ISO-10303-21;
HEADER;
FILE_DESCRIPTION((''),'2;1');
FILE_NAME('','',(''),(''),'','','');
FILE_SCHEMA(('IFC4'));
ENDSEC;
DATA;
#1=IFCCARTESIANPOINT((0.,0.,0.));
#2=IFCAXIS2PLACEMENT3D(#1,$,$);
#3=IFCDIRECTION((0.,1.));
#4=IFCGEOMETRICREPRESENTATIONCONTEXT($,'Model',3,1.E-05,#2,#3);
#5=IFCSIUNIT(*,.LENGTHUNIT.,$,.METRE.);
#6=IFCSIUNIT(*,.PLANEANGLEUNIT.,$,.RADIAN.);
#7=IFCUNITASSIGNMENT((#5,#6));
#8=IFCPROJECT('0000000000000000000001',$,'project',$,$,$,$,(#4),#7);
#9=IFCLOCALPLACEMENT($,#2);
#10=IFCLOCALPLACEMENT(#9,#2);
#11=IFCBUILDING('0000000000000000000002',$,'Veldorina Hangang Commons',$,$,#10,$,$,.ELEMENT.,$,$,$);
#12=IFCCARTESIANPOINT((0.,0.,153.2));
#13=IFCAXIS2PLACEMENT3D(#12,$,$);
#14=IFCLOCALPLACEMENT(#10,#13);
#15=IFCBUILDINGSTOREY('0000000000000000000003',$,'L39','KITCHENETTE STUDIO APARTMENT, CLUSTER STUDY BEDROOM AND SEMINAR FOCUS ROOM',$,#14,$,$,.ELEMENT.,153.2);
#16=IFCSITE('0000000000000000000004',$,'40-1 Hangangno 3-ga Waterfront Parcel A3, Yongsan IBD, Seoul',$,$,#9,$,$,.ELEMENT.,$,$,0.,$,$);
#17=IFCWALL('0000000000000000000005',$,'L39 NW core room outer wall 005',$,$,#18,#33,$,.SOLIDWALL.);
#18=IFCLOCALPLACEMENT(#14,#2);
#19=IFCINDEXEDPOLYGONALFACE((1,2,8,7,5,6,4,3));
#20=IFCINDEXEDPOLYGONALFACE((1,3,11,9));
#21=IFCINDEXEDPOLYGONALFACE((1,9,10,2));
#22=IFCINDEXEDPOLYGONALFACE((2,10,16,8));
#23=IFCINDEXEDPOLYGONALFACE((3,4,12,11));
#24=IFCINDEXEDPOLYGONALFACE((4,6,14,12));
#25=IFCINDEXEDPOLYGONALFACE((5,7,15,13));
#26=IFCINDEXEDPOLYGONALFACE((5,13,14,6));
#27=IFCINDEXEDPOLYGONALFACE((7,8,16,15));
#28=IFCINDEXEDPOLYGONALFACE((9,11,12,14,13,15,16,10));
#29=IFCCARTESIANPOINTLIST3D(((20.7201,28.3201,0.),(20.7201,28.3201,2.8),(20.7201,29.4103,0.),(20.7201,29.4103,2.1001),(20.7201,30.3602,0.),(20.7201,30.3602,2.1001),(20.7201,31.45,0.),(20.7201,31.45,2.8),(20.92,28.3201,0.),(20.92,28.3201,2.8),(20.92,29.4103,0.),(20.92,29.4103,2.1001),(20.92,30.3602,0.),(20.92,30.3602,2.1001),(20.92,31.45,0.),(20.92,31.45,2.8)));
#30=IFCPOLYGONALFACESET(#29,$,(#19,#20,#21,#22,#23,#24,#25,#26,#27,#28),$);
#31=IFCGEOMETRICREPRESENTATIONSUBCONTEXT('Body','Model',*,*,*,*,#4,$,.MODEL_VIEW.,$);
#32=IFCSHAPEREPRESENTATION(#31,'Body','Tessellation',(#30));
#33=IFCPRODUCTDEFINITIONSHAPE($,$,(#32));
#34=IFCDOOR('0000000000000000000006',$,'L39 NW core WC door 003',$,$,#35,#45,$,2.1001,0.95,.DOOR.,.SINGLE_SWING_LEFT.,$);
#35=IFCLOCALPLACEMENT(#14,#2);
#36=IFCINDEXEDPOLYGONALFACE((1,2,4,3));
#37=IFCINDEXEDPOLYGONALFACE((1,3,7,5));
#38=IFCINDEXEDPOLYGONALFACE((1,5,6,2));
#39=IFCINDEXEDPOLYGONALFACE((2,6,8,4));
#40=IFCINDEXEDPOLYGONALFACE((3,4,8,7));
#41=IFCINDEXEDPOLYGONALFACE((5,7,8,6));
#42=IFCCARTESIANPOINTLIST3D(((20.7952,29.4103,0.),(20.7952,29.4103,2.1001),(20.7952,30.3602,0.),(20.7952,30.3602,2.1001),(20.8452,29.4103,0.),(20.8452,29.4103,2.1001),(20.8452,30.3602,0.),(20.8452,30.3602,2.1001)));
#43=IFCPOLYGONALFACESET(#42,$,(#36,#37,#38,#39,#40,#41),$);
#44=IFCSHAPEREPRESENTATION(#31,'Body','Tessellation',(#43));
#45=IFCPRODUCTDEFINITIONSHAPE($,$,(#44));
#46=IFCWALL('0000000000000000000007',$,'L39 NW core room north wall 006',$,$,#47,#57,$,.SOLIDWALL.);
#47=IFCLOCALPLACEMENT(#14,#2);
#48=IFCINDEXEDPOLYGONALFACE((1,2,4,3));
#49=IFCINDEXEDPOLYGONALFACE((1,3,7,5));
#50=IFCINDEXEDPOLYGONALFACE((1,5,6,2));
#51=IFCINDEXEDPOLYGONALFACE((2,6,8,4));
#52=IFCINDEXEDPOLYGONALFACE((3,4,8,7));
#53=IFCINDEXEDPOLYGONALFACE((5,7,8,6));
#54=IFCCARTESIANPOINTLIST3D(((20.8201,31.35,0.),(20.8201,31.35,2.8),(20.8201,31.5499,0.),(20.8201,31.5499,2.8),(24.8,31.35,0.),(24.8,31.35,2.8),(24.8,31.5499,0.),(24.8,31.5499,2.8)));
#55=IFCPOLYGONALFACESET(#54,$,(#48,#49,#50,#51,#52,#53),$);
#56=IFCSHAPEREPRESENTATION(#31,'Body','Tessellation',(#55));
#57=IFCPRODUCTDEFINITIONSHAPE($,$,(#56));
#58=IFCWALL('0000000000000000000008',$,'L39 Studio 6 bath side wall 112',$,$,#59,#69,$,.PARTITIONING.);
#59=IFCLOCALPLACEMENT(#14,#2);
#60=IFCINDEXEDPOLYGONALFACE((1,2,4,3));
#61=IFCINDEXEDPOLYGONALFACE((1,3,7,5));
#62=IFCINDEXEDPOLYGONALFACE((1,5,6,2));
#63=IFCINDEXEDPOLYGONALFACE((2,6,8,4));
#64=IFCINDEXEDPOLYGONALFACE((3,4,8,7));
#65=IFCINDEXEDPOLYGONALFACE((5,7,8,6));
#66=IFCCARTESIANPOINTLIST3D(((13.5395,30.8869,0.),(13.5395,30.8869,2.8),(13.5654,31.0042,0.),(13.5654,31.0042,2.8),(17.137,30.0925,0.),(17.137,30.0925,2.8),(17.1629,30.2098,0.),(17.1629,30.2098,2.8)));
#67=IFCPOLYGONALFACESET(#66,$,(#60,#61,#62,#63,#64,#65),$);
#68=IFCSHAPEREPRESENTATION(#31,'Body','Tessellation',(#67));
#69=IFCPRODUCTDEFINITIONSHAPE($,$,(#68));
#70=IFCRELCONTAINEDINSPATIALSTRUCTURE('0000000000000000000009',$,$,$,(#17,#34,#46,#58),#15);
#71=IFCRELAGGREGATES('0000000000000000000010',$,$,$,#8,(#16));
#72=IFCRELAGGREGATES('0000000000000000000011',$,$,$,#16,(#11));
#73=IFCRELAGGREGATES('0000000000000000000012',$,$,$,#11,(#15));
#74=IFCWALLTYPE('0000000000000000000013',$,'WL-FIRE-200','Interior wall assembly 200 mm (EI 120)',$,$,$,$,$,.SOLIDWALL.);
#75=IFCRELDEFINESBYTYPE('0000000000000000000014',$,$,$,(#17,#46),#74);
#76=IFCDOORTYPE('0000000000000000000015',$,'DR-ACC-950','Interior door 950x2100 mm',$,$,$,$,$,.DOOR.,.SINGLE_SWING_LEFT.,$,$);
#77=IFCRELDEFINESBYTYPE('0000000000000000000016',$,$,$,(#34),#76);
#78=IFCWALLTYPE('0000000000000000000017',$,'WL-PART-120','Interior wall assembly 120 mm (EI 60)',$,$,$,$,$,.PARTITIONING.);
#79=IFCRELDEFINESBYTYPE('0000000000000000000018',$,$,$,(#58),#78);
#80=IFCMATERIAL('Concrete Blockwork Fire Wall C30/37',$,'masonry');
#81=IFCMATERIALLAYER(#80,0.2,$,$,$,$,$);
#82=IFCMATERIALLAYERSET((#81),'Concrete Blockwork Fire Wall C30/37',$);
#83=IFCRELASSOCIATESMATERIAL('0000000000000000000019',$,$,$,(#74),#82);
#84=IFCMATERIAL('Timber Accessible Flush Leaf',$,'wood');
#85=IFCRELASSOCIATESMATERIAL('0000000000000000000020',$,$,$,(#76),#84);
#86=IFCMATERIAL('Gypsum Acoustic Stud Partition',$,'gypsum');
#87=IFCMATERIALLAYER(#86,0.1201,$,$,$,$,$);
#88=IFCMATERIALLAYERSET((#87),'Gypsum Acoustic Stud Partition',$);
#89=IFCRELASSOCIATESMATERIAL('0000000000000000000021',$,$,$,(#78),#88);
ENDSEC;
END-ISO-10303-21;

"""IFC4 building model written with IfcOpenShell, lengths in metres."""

from ifc_helpers import new_model, si_unit, direction, frame, frame_2d, origin, place, context, subcontext, project, spatial, rectangle, extrude, material, layer, layer_set, type_object, element, fill, save


model = new_model("IFC4")

# Units and contexts
model_context = context("Model", 3, precision=1e-05, world=origin(), true_north=direction((0.0, 1.0)))
body_context = subcontext(model_context, "Body", "Model", "MODEL_VIEW")
ifc_project = project(units=[si_unit("LENGTHUNIT", "METRE"), si_unit("PLANEANGLEUNIT", "RADIAN")], contexts=[model_context])

# Site, building, storey
site_placement = place(None, origin())
site = spatial("IfcSite", under=ifc_project, at=site_placement, Name="40-1 Hangangno 3-ga Waterfront Parcel A3, Yongsan IBD, Seoul", CompositionType="ELEMENT", RefElevation=0.0)
building_placement = place(site_placement, origin())
building = spatial("IfcBuilding", under=site, at=building_placement, Name="Veldorina Hangang Commons", CompositionType="ELEMENT")
storey_placement = place(building_placement, frame((0.0, 0.0, 153.2)))
storey = spatial("IfcBuildingStorey", under=building, at=storey_placement, Name="L39", Description="KITCHENETTE STUDIO APARTMENT, CLUSTER STUDY BEDROOM AND SEMINAR FOCUS ROOM", CompositionType="ELEMENT", Elevation=153.2)

# Wall, opening, door
ifc_material_1 = material(Name="Concrete Blockwork Fire Wall C30/37", Category="masonry")
ifc_layer_1 = layer(ifc_material_1, 0.2)
ifc_layer_set_1 = layer_set([ifc_layer_1], Name="Concrete Blockwork Fire Wall C30/37")
wall_type_1 = type_object("IfcWallType", Name="WL-FIRE-200", Description="Interior wall assembly 200 mm (EI 120)", PredefinedType="SOLIDWALL", material=ifc_layer_set_1)
wall_1_placement = place(storey_placement, frame((20.8201, 28.3201, 0.0), z_axis=(0.0, 0.0, 1.0), x_axis=(0.0, 1.0, 0.0)))
wall_1 = element("IfcWall", 1, at=wall_1_placement, inside=storey, type_object=wall_type_1, Name="L39 NW core room outer wall 005", PredefinedType="SOLIDWALL", context=body_context, shape_type="SweptSolid", body=[
    extrude(rectangle(XDim=3.1299, YDim=0.2, at=frame_2d((1.5649, 0.0))), origin(), (0.0, 0.0, 1.0), 2.8),
])
opening_1_placement = place(wall_1_placement, frame((1.0901, 0.0, 0.0)))
opening_1 = element("IfcOpeningElement", 2, at=opening_1_placement, cuts=wall_1, PredefinedType="OPENING", context=body_context, shape_type="SweptSolid", body=[
    extrude(rectangle(XDim=0.95, YDim=2.1001, at=frame_2d((0.4751, 1.05))), frame((0.0, 0.1099, 0.0), z_axis=(0.0, -1.0, 0.0), x_axis=(1.0, 0.0, 0.0)), (0.0, 0.0, 1.0), 0.22),
])
ifc_material_2 = material(Name="Timber Accessible Flush Leaf", Category="wood")
door_type_1 = type_object("IfcDoorType", Name="DR-ACC-950", Description="Interior door 950x2100 mm", OperationType="SINGLE_SWING_LEFT", PredefinedType="DOOR", material=ifc_material_2)
door_1_placement = place(opening_1_placement, origin())
door_1 = element("IfcDoor", 3, at=door_1_placement, inside=storey, type_object=door_type_1, Name="L39 NW core WC door 003", OperationType="SINGLE_SWING_LEFT", OverallHeight=2.1001, OverallWidth=0.95, PredefinedType="DOOR", context=body_context, shape_type="SweptSolid", body=[
    extrude(rectangle(XDim=0.95, YDim=2.1001, at=frame_2d((0.4751, 1.05))), frame((0.0, 0.0249, 0.0), z_axis=(0.0, -1.0, 0.0), x_axis=(1.0, 0.0, 0.0)), (0.0, 0.0, 1.0), 0.05),
])
fill(opening_1, door_1)

# Walls
wall_2_placement = place(storey_placement, frame((20.8201, 31.45, 0.0), z_axis=(0.0, 0.0, 1.0), x_axis=(1.0, 0.0, 0.0)))
element("IfcWall", 4, at=wall_2_placement, inside=storey, type_object=wall_type_1, Name="L39 NW core room north wall 006", PredefinedType="SOLIDWALL", context=body_context, shape_type="SweptSolid", body=[
    extrude(rectangle(XDim=3.98, YDim=0.2, at=frame_2d((1.99, 0.0))), origin(), (0.0, 0.0, 1.0), 2.8),
])
ifc_material_3 = material(Name="Gypsum Acoustic Stud Partition", Category="gypsum")
ifc_layer_2 = layer(ifc_material_3, 0.1201)
ifc_layer_set_2 = layer_set([ifc_layer_2], Name="Gypsum Acoustic Stud Partition")
wall_type_2 = type_object("IfcWallType", Name="WL-PART-120", Description="Interior wall assembly 120 mm (EI 60)", PredefinedType="PARTITIONING", material=ifc_layer_set_2)
wall_3_placement = place(storey_placement, frame((17.1499, 30.1511, 0.0), z_axis=(0.0, 0.0, 1.0), x_axis=(-0.976473, 0.215639, 0.0)))
element("IfcWall", 5, at=wall_3_placement, inside=storey, type_object=wall_type_2, Name="L39 Studio 6 bath side wall 112", PredefinedType="PARTITIONING", context=body_context, shape_type="SweptSolid", body=[
    extrude(rectangle(XDim=3.6841, YDim=0.1201, at=frame_2d((1.842, 0.0))), origin(), (0.0, 0.0, 1.0), 2.8),
])

save(model, "model.ifc")
